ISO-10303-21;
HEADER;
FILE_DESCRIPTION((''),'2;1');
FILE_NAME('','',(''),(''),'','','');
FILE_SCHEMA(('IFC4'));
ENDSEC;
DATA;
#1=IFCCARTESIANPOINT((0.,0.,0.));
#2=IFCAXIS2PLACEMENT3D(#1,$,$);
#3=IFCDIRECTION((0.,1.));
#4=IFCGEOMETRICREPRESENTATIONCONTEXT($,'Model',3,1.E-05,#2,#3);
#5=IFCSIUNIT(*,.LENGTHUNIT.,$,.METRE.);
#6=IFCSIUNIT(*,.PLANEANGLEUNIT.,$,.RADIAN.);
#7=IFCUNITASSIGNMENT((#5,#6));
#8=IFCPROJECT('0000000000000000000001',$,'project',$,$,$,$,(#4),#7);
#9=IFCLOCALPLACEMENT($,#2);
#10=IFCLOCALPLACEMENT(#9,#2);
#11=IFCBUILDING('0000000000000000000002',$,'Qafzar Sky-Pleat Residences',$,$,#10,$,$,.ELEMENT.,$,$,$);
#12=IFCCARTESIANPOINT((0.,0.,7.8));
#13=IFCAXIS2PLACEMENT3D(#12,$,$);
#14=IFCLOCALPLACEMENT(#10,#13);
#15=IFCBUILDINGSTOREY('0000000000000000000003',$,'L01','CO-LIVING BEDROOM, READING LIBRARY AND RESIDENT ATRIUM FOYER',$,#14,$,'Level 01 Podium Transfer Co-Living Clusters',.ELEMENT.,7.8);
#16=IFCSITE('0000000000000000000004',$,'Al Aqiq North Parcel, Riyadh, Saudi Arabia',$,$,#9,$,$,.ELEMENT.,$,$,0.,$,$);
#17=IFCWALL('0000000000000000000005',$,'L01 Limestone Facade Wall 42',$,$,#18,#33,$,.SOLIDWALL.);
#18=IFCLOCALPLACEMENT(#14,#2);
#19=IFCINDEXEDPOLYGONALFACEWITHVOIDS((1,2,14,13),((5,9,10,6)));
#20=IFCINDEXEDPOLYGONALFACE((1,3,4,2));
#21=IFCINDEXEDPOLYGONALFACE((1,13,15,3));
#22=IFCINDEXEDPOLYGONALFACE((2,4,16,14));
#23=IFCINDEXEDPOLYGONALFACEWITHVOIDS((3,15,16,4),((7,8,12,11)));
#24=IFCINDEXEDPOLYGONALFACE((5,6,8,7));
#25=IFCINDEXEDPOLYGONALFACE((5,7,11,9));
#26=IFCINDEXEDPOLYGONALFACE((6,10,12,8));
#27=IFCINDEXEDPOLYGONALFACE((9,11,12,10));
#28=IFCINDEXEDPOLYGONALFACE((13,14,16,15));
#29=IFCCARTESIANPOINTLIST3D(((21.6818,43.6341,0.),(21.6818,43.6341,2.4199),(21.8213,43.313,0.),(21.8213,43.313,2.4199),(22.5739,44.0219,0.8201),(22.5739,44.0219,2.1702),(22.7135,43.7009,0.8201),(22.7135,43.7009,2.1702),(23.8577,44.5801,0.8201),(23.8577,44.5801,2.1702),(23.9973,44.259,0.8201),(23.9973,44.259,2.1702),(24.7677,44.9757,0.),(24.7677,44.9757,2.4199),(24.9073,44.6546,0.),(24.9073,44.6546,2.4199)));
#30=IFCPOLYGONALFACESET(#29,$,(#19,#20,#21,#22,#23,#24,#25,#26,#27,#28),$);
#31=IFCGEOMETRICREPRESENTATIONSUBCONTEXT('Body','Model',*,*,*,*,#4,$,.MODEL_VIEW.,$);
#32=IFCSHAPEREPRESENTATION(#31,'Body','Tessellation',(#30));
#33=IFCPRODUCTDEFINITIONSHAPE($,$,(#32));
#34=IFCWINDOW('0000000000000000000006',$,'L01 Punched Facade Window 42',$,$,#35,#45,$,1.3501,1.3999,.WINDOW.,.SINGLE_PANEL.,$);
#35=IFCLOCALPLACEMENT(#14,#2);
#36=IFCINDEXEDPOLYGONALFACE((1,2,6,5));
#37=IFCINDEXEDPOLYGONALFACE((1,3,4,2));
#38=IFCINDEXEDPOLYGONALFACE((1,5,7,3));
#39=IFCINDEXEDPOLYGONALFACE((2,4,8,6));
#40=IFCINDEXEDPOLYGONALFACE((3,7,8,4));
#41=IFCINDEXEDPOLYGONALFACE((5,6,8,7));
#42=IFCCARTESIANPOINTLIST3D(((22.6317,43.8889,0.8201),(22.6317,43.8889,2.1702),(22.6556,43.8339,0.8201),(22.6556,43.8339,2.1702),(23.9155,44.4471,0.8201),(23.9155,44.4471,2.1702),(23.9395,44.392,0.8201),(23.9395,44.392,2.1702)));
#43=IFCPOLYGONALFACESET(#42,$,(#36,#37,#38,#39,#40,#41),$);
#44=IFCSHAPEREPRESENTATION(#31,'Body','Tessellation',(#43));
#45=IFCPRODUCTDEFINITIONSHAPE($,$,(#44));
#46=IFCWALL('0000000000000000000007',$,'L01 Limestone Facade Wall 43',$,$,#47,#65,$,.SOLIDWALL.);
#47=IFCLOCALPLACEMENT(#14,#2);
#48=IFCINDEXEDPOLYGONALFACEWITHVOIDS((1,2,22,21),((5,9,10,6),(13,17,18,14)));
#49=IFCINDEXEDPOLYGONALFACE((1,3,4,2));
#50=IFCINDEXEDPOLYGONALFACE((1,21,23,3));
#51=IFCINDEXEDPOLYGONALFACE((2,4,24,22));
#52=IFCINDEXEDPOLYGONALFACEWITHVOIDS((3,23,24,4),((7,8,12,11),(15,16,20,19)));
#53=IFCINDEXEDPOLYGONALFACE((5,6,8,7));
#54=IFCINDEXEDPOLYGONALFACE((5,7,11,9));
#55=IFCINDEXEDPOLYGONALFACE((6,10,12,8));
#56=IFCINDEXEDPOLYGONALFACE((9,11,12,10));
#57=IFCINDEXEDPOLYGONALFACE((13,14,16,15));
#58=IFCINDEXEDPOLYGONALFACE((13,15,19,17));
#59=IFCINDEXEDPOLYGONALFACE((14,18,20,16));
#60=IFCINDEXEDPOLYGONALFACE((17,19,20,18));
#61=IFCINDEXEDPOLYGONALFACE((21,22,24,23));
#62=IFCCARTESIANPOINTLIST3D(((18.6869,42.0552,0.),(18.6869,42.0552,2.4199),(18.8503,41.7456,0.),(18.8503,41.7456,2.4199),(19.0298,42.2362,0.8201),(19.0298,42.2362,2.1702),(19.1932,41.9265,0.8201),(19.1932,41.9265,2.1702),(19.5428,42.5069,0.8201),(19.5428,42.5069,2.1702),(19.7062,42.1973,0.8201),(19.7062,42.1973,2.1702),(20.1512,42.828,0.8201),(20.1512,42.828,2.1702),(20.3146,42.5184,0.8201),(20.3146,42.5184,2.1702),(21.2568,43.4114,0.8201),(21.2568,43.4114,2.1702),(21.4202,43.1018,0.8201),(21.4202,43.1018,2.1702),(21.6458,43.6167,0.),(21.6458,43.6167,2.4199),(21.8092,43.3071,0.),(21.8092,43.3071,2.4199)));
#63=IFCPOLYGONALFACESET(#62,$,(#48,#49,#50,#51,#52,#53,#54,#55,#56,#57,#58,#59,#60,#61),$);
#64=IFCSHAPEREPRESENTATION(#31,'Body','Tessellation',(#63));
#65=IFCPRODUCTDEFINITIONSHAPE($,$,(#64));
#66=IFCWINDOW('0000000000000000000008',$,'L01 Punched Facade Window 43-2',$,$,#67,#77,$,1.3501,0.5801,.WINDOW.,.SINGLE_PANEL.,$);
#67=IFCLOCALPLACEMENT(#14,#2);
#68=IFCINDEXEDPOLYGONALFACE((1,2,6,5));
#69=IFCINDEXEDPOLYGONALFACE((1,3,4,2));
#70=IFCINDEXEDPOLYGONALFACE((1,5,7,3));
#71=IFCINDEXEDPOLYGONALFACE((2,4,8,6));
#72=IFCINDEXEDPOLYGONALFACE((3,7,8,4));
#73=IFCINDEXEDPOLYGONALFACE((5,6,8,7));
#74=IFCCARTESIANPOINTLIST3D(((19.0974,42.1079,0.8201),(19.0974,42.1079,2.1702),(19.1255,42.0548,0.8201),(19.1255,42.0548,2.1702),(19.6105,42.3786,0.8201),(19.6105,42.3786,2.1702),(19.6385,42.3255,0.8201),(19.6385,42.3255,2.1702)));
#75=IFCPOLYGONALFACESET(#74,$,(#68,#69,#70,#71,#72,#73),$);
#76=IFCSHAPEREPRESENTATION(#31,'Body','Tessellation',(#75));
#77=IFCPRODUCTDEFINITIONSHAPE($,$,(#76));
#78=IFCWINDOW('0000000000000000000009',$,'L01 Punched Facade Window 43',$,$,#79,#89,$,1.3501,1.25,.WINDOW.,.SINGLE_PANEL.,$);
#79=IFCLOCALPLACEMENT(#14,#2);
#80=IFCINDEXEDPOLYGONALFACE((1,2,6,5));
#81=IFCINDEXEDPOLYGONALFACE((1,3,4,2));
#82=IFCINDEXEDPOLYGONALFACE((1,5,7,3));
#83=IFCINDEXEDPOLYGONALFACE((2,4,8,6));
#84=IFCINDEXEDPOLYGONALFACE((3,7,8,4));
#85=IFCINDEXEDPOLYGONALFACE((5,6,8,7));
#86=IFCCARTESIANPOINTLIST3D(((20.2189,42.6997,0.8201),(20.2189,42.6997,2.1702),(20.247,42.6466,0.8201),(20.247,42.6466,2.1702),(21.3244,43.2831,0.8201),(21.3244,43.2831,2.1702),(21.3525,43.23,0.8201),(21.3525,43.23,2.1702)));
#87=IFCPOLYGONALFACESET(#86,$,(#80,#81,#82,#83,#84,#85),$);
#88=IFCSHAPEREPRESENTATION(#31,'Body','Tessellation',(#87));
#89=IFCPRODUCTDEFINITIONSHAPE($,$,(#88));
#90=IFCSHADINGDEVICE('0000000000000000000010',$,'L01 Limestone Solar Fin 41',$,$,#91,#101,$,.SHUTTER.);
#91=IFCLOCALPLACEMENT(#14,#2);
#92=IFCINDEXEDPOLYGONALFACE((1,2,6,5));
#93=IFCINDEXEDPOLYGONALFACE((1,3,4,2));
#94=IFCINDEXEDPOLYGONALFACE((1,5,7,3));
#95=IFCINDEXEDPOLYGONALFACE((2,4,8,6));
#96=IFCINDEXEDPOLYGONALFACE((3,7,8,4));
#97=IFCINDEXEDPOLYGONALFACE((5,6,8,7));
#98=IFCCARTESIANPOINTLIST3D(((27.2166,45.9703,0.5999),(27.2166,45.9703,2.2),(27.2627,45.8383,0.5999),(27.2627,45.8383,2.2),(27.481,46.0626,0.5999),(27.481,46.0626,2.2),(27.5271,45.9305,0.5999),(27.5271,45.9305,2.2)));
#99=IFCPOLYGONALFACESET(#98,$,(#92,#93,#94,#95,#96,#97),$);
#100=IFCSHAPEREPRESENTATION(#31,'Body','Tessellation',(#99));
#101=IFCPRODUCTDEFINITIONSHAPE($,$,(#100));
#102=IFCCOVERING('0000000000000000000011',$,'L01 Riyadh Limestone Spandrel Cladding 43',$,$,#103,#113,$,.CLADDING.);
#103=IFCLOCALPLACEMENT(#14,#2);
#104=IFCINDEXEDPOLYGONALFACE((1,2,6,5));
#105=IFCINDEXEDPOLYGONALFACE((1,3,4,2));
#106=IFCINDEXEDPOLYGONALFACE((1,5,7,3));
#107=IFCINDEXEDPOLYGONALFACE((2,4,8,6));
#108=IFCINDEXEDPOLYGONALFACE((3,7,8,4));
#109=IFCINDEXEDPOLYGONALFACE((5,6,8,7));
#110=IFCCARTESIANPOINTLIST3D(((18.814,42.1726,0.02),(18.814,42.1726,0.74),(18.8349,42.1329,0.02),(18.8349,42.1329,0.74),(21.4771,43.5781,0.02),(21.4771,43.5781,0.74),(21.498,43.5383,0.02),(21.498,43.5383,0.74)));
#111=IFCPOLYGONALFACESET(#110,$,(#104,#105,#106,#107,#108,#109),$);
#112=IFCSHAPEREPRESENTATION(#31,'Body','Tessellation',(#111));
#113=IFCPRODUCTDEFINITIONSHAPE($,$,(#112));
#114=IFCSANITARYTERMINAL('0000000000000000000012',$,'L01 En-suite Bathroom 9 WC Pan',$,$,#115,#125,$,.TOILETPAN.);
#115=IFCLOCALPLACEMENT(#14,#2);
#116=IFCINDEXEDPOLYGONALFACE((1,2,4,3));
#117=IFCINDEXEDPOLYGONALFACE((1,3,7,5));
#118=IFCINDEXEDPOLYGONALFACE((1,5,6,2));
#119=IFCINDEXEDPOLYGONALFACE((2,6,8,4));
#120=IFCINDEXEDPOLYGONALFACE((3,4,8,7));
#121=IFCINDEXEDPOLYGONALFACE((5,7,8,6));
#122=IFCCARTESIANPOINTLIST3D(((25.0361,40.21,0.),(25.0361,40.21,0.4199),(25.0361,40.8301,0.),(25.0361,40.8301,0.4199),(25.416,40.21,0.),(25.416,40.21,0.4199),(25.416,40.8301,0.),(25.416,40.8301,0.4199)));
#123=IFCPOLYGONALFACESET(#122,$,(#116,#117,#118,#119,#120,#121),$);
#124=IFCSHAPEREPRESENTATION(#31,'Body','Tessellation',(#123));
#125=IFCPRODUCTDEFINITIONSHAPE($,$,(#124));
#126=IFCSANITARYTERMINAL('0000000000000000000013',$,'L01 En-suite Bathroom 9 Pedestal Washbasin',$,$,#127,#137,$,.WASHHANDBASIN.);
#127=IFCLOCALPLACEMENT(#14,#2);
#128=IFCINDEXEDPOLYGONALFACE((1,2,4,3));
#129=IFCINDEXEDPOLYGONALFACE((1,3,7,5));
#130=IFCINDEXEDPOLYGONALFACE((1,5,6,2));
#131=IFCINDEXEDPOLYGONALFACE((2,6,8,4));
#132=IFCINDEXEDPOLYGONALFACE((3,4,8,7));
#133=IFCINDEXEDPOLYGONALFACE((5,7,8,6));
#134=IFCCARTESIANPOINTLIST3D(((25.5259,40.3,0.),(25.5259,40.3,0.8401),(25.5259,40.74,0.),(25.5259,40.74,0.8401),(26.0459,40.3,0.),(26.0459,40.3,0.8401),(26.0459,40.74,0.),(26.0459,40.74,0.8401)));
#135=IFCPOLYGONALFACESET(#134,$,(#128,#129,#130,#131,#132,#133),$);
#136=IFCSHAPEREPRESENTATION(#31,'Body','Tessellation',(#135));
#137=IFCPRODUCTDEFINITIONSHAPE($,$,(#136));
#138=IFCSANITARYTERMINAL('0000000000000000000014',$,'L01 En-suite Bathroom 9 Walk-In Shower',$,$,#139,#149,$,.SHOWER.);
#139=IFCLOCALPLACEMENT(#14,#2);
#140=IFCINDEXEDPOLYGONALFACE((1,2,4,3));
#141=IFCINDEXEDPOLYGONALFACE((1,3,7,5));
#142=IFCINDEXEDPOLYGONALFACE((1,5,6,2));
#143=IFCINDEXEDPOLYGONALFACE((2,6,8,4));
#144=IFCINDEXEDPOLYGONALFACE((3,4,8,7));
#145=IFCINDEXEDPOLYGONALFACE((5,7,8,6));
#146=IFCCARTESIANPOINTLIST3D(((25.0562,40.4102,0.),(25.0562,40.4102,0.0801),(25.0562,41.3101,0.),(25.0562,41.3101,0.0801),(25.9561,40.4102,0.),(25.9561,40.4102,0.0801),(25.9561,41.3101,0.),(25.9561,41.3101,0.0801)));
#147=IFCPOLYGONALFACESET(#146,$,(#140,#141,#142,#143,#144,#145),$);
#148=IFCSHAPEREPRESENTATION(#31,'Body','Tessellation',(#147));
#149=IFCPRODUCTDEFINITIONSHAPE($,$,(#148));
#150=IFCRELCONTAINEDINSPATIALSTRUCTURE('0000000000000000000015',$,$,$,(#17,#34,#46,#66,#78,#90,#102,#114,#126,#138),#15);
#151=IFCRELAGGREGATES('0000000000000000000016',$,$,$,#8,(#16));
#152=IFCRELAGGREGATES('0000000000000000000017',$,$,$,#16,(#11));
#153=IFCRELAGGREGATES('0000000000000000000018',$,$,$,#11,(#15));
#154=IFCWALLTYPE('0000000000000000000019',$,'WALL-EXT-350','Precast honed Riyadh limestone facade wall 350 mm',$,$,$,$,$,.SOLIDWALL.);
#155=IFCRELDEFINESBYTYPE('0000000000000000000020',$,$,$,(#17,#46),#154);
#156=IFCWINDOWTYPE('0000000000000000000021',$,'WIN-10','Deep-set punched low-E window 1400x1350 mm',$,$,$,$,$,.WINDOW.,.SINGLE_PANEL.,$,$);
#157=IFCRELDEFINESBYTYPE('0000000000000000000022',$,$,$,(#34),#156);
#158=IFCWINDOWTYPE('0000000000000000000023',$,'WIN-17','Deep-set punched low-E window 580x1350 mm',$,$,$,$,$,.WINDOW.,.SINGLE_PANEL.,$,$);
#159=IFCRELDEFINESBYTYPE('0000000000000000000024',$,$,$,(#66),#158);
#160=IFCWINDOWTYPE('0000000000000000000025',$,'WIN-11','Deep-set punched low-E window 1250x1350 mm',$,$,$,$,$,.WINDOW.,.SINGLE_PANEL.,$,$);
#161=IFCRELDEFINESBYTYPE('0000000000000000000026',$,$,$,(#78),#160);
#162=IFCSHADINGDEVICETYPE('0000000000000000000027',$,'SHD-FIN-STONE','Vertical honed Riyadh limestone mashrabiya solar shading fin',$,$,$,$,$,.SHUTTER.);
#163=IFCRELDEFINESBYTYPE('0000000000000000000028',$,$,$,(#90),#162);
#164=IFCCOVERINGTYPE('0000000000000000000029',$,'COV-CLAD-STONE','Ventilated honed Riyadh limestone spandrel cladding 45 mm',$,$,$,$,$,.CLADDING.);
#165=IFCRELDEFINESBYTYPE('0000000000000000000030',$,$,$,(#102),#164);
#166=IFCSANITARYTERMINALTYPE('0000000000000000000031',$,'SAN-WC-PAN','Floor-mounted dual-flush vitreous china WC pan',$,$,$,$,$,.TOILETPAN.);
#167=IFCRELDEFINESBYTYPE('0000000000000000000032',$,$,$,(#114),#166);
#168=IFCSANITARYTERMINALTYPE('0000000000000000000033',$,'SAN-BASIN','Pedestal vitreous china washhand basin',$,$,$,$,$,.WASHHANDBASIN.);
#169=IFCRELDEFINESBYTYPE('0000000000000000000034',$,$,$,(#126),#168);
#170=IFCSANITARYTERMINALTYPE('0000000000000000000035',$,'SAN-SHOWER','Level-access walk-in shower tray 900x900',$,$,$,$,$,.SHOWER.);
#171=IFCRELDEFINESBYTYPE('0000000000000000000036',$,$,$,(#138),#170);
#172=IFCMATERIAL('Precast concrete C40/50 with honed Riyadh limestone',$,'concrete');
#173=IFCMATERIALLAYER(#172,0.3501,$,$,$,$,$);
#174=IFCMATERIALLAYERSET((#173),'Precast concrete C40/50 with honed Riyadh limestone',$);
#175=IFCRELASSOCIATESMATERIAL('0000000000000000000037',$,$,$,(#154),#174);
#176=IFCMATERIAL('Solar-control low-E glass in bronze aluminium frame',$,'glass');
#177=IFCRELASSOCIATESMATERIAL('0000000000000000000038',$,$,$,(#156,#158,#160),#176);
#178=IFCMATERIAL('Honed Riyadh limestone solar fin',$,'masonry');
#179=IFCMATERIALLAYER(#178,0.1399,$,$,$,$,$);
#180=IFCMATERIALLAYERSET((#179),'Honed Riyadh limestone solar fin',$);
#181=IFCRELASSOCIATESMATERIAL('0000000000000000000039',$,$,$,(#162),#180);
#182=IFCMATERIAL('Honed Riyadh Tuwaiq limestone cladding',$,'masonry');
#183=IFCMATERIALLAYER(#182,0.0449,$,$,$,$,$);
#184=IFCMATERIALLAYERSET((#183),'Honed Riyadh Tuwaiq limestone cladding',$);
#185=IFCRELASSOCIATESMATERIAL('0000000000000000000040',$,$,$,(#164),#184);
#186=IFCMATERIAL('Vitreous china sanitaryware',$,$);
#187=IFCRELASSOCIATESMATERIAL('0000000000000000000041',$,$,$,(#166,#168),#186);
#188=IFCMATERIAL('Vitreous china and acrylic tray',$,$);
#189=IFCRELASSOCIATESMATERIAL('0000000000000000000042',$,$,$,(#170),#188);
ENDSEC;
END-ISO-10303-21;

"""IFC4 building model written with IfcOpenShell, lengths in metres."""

from ifc_helpers import new_model, si_unit, direction, frame, frame_2d, origin, origin_2d, place, context, subcontext, project, spatial, rectangle, extrude, source, transform, mapped, material, layer, layer_set, type_object, element, fill, save


model = new_model("IFC4")

# Units and contexts
model_context = context("Model", 3, precision=1e-05, world=origin(), true_north=direction((0.0, 1.0)))
body_context = subcontext(model_context, "Body", "Model", "MODEL_VIEW")
ifc_project = project(units=[si_unit("LENGTHUNIT", "METRE"), si_unit("PLANEANGLEUNIT", "RADIAN")], contexts=[model_context])

# Site, building, storey
site_placement = place(None, origin())
site = spatial("IfcSite", under=ifc_project, at=site_placement, Name="Al Aqiq North Parcel, Riyadh, Saudi Arabia", CompositionType="ELEMENT", RefElevation=0.0)
building_placement = place(site_placement, origin())
building = spatial("IfcBuilding", under=site, at=building_placement, Name="Qafzar Sky-Pleat Residences", CompositionType="ELEMENT")
storey_placement = place(building_placement, frame((0.0, 0.0, 7.8)))
storey = spatial("IfcBuildingStorey", under=building, at=storey_placement, Name="L01", Description="CO-LIVING BEDROOM, READING LIBRARY AND RESIDENT ATRIUM FOYER", LongName="Level 01 Podium Transfer Co-Living Clusters", CompositionType="ELEMENT", Elevation=7.8)

# Wall, opening, window
ifc_material_1 = material(Name="Precast concrete C40/50 with honed Riyadh limestone", Category="concrete")
ifc_layer_1 = layer(ifc_material_1, 0.3501)
ifc_layer_set_1 = layer_set([ifc_layer_1], Name="Precast concrete C40/50 with honed Riyadh limestone")
wall_type_1 = type_object("IfcWallType", Name="WALL-EXT-350", Description="Precast honed Riyadh limestone facade wall 350 mm", PredefinedType="SOLIDWALL", material=ifc_layer_set_1)
ifc_material_2 = material(Name="Solar-control low-E glass in bronze aluminium frame", Category="glass")
wall_1_placement = place(storey_placement, frame((24.8376, 44.8152, 0.0), z_axis=(0.0, 0.0, 1.0), x_axis=(-0.917087, -0.398686, 0.0)))
wall_1 = element("IfcWall", 1, at=wall_1_placement, inside=storey, type_object=wall_type_1, Name="L01 Limestone Facade Wall 42", PredefinedType="SOLIDWALL", context=body_context, shape_type="SweptSolid", body=[
    extrude(rectangle(XDim=3.365, YDim=0.3501, at=frame_2d((1.6826, 0.0))), origin(), (0.0, 0.0, 1.0), 2.4199),
])
opening_1_placement = place(wall_1_placement, frame((0.9924, 0.0, 0.8201)))
opening_1 = element("IfcOpeningElement", 2, at=opening_1_placement, cuts=wall_1, PredefinedType="OPENING", context=body_context, shape_type="SweptSolid", body=[
    extrude(rectangle(XDim=1.3999, YDim=1.3501, at=frame_2d((0.7, 0.675))), frame((0.0, 0.1851, 0.0), z_axis=(0.0, -1.0, 0.0), x_axis=(1.0, 0.0, 0.0)), (0.0, 0.0, 1.0), 0.3701),
])
window_type_1 = type_object("IfcWindowType", Name="WIN-10", Description="Deep-set punched low-E window 1400x1350 mm", PartitioningType="SINGLE_PANEL", PredefinedType="WINDOW", material=ifc_material_2)
shared_shape_1 = source(origin(), body_context, "Body", "SweptSolid", [
    extrude(rectangle(XDim=1.3999, YDim=1.3501, at=frame_2d((0.7, 0.675))), frame((0.0, 0.03, 0.0), z_axis=(0.0, -1.0, 0.0), x_axis=(1.0, 0.0, 0.0)), (0.0, 0.0, 1.0), 0.0601),
])
window_1_placement = place(opening_1_placement, origin())
window_1 = element("IfcWindow", 3, at=window_1_placement, inside=storey, type_object=window_type_1, Name="L01 Punched Facade Window 42", OverallHeight=1.3501, OverallWidth=1.3999, PartitioningType="SINGLE_PANEL", PredefinedType="WINDOW", context=body_context, shape_type="MappedRepresentation", body=[
    mapped(shared_shape_1, transform((0.0, 0.0, 0.0), x_axis=(1.0, 0.0, 0.0), y_axis=(0.0, 1.0, 0.0), z_axis=(0.0, 0.0, 1.0), scale=1.0)),
])
fill(opening_1, window_1)

# Wall, openings, windows
wall_2_placement = place(storey_placement, frame((21.7275, 43.4619, 0.0), z_axis=(0.0, 0.0, 1.0), x_axis=(-0.884405, -0.466721, 0.0)))
wall_2 = element("IfcWall", 4, at=wall_2_placement, inside=storey, type_object=wall_type_1, Name="L01 Limestone Facade Wall 43", PredefinedType="SOLIDWALL", context=body_context, shape_type="SweptSolid", body=[
    extrude(rectangle(XDim=3.3457, YDim=0.3501, at=frame_2d((1.6729, 0.0))), origin(), (0.0, 0.0, 1.0), 2.4199),
])
opening_2_placement = place(wall_2_placement, frame((0.4399, 0.0, 0.8201)))
opening_2 = element("IfcOpeningElement", 5, at=opening_2_placement, cuts=wall_2, PredefinedType="OPENING", context=body_context, shape_type="SweptSolid", body=[
    extrude(rectangle(XDim=1.25, YDim=1.3501, at=frame_2d((0.625, 0.675))), frame((0.0, 0.1851, 0.0), z_axis=(0.0, -1.0, 0.0), x_axis=(1.0, 0.0, 0.0)), (0.0, 0.0, 1.0), 0.3701),
])
opening_3_placement = place(wall_2_placement, frame((2.3779, 0.0, 0.8201)))
opening_3 = element("IfcOpeningElement", 6, at=opening_3_placement, cuts=wall_2, PredefinedType="OPENING", context=body_context, shape_type="SweptSolid", body=[
    extrude(rectangle(XDim=0.5801, YDim=1.3501, at=frame_2d((0.29, 0.675))), frame((0.0, 0.1851, 0.0), z_axis=(0.0, -1.0, 0.0), x_axis=(1.0, 0.0, 0.0)), (0.0, 0.0, 1.0), 0.3701),
])
window_type_2 = type_object("IfcWindowType", Name="WIN-17", Description="Deep-set punched low-E window 580x1350 mm", PartitioningType="SINGLE_PANEL", PredefinedType="WINDOW", material=ifc_material_2)
shared_shape_2 = source(origin(), body_context, "Body", "SweptSolid", [
    extrude(rectangle(XDim=0.5801, YDim=1.3501, at=frame_2d((0.29, 0.675))), frame((0.0, 0.03, 0.0), z_axis=(0.0, -1.0, 0.0), x_axis=(1.0, 0.0, 0.0)), (0.0, 0.0, 1.0), 0.0601),
])
window_2_placement = place(opening_3_placement, origin())
window_2 = element("IfcWindow", 7, at=window_2_placement, inside=storey, type_object=window_type_2, Name="L01 Punched Facade Window 43-2", OverallHeight=1.3501, OverallWidth=0.5801, PartitioningType="SINGLE_PANEL", PredefinedType="WINDOW", context=body_context, shape_type="MappedRepresentation", body=[
    mapped(shared_shape_2, transform((0.0, 0.0, 0.0), x_axis=(1.0, 0.0, 0.0), y_axis=(0.0, 1.0, 0.0), z_axis=(0.0, 0.0, 1.0), scale=1.0)),
])
fill(opening_3, window_2)
window_type_3 = type_object("IfcWindowType", Name="WIN-11", Description="Deep-set punched low-E window 1250x1350 mm", PartitioningType="SINGLE_PANEL", PredefinedType="WINDOW", material=ifc_material_2)
shared_shape_3 = source(origin(), body_context, "Body", "SweptSolid", [
    extrude(rectangle(XDim=1.25, YDim=1.3501, at=frame_2d((0.625, 0.675))), frame((0.0, 0.03, 0.0), z_axis=(0.0, -1.0, 0.0), x_axis=(1.0, 0.0, 0.0)), (0.0, 0.0, 1.0), 0.0601),
])
window_3_placement = place(opening_2_placement, origin())
window_3 = element("IfcWindow", 8, at=window_3_placement, inside=storey, type_object=window_type_3, Name="L01 Punched Facade Window 43", OverallHeight=1.3501, OverallWidth=1.25, PartitioningType="SINGLE_PANEL", PredefinedType="WINDOW", context=body_context, shape_type="MappedRepresentation", body=[
    mapped(shared_shape_3, transform((0.0, 0.0, 0.0), x_axis=(1.0, 0.0, 0.0), y_axis=(0.0, 1.0, 0.0), z_axis=(0.0, 0.0, 1.0), scale=1.0)),
])
fill(opening_2, window_3)

# Shading device
ifc_material_3 = material(Name="Honed Riyadh limestone solar fin", Category="masonry")
ifc_layer_2 = layer(ifc_material_3, 0.1399)
ifc_layer_set_2 = layer_set([ifc_layer_2], Name="Honed Riyadh limestone solar fin")
shading_device_type = type_object("IfcShadingDeviceType", Name="SHD-FIN-STONE", Description="Vertical honed Riyadh limestone mashrabiya solar shading fin", PredefinedType="SHUTTER", material=ifc_layer_set_2)
shared_shape_4 = source(origin(), body_context, "Body", "SweptSolid", [
    extrude(rectangle(XDim=0.1399, YDim=0.28, at=origin_2d()), origin(), (0.0, 0.0, 1.0), 1.6001),
])
shading_device_placement = place(storey_placement, frame((27.3718, 45.9504, 0.5999), z_axis=(0.0, 0.0, 1.0), x_axis=(-0.329544, 0.94414, 0.0)))
element("IfcShadingDevice", 9, at=shading_device_placement, inside=storey, type_object=shading_device_type, Name="L01 Limestone Solar Fin 41", PredefinedType="SHUTTER", context=body_context, shape_type="MappedRepresentation", body=[
    mapped(shared_shape_4, transform((0.0, 0.0, 0.0), x_axis=(1.0, 0.0, 0.0), y_axis=(0.0, 1.0, 0.0), z_axis=(0.0, 0.0, 1.0), scale=1.0)),
])

# Covering
ifc_material_4 = material(Name="Honed Riyadh Tuwaiq limestone cladding", Category="masonry")
ifc_layer_3 = layer(ifc_material_4, 0.0449)
ifc_layer_set_3 = layer_set([ifc_layer_3], Name="Honed Riyadh Tuwaiq limestone cladding")
covering_type = type_object("IfcCoveringType", Name="COV-CLAD-STONE", Description="Ventilated honed Riyadh limestone spandrel cladding 45 mm", PredefinedType="CLADDING", material=ifc_layer_set_3)
shared_shape_5 = source(origin(), body_context, "Body", "SweptSolid", [
    extrude(rectangle(XDim=3.0112, YDim=0.0449, at=origin_2d()), origin(), (0.0, 0.0, 1.0), 0.72),
])
covering_placement = place(storey_placement, frame((20.156, 42.8555, 0.02), z_axis=(0.0, 0.0, 1.0), x_axis=(-0.884391, -0.466748, 0.0)))
element("IfcCovering", 10, at=covering_placement, inside=storey, type_object=covering_type, Name="L01 Riyadh Limestone Spandrel Cladding 43", PredefinedType="CLADDING", context=body_context, shape_type="MappedRepresentation", body=[
    mapped(shared_shape_5, transform((0.0, 0.0, 0.0), x_axis=(1.0, 0.0, 0.0), y_axis=(0.0, 1.0, 0.0), z_axis=(0.0, 0.0, 1.0), scale=1.0)),
])

# Sanitary terminals
ifc_material_5 = material(Name="Vitreous china sanitaryware")
sanitary_terminal_type_1 = type_object("IfcSanitaryTerminalType", Name="SAN-WC-PAN", Description="Floor-mounted dual-flush vitreous china WC pan", PredefinedType="TOILETPAN", material=ifc_material_5)
shared_shape_6 = source(origin(), body_context, "Body", "SweptSolid", [
    extrude(rectangle(XDim=0.3799, YDim=0.6201, at=origin_2d()), origin(), (0.0, 0.0, 1.0), 0.4199),
])
sanitary_terminal_1_placement = place(storey_placement, frame((25.2261, 40.52, 0.0), z_axis=(0.0, 0.0, 1.0), x_axis=(1.0, 0.0, 0.0)))
element("IfcSanitaryTerminal", 11, at=sanitary_terminal_1_placement, inside=storey, type_object=sanitary_terminal_type_1, Name="L01 En-suite Bathroom 9 WC Pan", PredefinedType="TOILETPAN", context=body_context, shape_type="MappedRepresentation", body=[
    mapped(shared_shape_6, transform((0.0, 0.0, 0.0), x_axis=(1.0, 0.0, 0.0), y_axis=(0.0, 1.0, 0.0), z_axis=(0.0, 0.0, 1.0), scale=1.0)),
])
sanitary_terminal_type_2 = type_object("IfcSanitaryTerminalType", Name="SAN-BASIN", Description="Pedestal vitreous china washhand basin", PredefinedType="WASHHANDBASIN", material=ifc_material_5)
shared_shape_7 = source(origin(), body_context, "Body", "SweptSolid", [
    extrude(rectangle(XDim=0.52, YDim=0.4399, at=origin_2d()), origin(), (0.0, 0.0, 1.0), 0.8401),
])
sanitary_terminal_2_placement = place(storey_placement, frame((25.7859, 40.52, 0.0), z_axis=(0.0, 0.0, 1.0), x_axis=(1.0, 0.0, 0.0)))
element("IfcSanitaryTerminal", 12, at=sanitary_terminal_2_placement, inside=storey, type_object=sanitary_terminal_type_2, Name="L01 En-suite Bathroom 9 Pedestal Washbasin", PredefinedType="WASHHANDBASIN", context=body_context, shape_type="MappedRepresentation", body=[
    mapped(shared_shape_7, transform((0.0, 0.0, 0.0), x_axis=(1.0, 0.0, 0.0), y_axis=(0.0, 1.0, 0.0), z_axis=(0.0, 0.0, 1.0), scale=1.0)),
])
ifc_material_6 = material(Name="Vitreous china and acrylic tray")
sanitary_terminal_type_3 = type_object("IfcSanitaryTerminalType", Name="SAN-SHOWER", Description="Level-access walk-in shower tray 900x900", PredefinedType="SHOWER", material=ifc_material_6)
shared_shape_8 = source(origin(), body_context, "Body", "SweptSolid", [
    extrude(rectangle(XDim=0.8999, YDim=0.8999, at=origin_2d()), origin(), (0.0, 0.0, 1.0), 0.0801),
])
sanitary_terminal_3_placement = place(storey_placement, frame((25.5061, 40.8601, 0.0), z_axis=(0.0, 0.0, 1.0), x_axis=(1.0, 0.0, 0.0)))
element("IfcSanitaryTerminal", 13, at=sanitary_terminal_3_placement, inside=storey, type_object=sanitary_terminal_type_3, Name="L01 En-suite Bathroom 9 Walk-In Shower", PredefinedType="SHOWER", context=body_context, shape_type="MappedRepresentation", body=[
    mapped(shared_shape_8, transform((0.0, 0.0, 0.0), x_axis=(1.0, 0.0, 0.0), y_axis=(0.0, 1.0, 0.0), z_axis=(0.0, 0.0, 1.0), scale=1.0)),
])

save(model, "model.ifc")
